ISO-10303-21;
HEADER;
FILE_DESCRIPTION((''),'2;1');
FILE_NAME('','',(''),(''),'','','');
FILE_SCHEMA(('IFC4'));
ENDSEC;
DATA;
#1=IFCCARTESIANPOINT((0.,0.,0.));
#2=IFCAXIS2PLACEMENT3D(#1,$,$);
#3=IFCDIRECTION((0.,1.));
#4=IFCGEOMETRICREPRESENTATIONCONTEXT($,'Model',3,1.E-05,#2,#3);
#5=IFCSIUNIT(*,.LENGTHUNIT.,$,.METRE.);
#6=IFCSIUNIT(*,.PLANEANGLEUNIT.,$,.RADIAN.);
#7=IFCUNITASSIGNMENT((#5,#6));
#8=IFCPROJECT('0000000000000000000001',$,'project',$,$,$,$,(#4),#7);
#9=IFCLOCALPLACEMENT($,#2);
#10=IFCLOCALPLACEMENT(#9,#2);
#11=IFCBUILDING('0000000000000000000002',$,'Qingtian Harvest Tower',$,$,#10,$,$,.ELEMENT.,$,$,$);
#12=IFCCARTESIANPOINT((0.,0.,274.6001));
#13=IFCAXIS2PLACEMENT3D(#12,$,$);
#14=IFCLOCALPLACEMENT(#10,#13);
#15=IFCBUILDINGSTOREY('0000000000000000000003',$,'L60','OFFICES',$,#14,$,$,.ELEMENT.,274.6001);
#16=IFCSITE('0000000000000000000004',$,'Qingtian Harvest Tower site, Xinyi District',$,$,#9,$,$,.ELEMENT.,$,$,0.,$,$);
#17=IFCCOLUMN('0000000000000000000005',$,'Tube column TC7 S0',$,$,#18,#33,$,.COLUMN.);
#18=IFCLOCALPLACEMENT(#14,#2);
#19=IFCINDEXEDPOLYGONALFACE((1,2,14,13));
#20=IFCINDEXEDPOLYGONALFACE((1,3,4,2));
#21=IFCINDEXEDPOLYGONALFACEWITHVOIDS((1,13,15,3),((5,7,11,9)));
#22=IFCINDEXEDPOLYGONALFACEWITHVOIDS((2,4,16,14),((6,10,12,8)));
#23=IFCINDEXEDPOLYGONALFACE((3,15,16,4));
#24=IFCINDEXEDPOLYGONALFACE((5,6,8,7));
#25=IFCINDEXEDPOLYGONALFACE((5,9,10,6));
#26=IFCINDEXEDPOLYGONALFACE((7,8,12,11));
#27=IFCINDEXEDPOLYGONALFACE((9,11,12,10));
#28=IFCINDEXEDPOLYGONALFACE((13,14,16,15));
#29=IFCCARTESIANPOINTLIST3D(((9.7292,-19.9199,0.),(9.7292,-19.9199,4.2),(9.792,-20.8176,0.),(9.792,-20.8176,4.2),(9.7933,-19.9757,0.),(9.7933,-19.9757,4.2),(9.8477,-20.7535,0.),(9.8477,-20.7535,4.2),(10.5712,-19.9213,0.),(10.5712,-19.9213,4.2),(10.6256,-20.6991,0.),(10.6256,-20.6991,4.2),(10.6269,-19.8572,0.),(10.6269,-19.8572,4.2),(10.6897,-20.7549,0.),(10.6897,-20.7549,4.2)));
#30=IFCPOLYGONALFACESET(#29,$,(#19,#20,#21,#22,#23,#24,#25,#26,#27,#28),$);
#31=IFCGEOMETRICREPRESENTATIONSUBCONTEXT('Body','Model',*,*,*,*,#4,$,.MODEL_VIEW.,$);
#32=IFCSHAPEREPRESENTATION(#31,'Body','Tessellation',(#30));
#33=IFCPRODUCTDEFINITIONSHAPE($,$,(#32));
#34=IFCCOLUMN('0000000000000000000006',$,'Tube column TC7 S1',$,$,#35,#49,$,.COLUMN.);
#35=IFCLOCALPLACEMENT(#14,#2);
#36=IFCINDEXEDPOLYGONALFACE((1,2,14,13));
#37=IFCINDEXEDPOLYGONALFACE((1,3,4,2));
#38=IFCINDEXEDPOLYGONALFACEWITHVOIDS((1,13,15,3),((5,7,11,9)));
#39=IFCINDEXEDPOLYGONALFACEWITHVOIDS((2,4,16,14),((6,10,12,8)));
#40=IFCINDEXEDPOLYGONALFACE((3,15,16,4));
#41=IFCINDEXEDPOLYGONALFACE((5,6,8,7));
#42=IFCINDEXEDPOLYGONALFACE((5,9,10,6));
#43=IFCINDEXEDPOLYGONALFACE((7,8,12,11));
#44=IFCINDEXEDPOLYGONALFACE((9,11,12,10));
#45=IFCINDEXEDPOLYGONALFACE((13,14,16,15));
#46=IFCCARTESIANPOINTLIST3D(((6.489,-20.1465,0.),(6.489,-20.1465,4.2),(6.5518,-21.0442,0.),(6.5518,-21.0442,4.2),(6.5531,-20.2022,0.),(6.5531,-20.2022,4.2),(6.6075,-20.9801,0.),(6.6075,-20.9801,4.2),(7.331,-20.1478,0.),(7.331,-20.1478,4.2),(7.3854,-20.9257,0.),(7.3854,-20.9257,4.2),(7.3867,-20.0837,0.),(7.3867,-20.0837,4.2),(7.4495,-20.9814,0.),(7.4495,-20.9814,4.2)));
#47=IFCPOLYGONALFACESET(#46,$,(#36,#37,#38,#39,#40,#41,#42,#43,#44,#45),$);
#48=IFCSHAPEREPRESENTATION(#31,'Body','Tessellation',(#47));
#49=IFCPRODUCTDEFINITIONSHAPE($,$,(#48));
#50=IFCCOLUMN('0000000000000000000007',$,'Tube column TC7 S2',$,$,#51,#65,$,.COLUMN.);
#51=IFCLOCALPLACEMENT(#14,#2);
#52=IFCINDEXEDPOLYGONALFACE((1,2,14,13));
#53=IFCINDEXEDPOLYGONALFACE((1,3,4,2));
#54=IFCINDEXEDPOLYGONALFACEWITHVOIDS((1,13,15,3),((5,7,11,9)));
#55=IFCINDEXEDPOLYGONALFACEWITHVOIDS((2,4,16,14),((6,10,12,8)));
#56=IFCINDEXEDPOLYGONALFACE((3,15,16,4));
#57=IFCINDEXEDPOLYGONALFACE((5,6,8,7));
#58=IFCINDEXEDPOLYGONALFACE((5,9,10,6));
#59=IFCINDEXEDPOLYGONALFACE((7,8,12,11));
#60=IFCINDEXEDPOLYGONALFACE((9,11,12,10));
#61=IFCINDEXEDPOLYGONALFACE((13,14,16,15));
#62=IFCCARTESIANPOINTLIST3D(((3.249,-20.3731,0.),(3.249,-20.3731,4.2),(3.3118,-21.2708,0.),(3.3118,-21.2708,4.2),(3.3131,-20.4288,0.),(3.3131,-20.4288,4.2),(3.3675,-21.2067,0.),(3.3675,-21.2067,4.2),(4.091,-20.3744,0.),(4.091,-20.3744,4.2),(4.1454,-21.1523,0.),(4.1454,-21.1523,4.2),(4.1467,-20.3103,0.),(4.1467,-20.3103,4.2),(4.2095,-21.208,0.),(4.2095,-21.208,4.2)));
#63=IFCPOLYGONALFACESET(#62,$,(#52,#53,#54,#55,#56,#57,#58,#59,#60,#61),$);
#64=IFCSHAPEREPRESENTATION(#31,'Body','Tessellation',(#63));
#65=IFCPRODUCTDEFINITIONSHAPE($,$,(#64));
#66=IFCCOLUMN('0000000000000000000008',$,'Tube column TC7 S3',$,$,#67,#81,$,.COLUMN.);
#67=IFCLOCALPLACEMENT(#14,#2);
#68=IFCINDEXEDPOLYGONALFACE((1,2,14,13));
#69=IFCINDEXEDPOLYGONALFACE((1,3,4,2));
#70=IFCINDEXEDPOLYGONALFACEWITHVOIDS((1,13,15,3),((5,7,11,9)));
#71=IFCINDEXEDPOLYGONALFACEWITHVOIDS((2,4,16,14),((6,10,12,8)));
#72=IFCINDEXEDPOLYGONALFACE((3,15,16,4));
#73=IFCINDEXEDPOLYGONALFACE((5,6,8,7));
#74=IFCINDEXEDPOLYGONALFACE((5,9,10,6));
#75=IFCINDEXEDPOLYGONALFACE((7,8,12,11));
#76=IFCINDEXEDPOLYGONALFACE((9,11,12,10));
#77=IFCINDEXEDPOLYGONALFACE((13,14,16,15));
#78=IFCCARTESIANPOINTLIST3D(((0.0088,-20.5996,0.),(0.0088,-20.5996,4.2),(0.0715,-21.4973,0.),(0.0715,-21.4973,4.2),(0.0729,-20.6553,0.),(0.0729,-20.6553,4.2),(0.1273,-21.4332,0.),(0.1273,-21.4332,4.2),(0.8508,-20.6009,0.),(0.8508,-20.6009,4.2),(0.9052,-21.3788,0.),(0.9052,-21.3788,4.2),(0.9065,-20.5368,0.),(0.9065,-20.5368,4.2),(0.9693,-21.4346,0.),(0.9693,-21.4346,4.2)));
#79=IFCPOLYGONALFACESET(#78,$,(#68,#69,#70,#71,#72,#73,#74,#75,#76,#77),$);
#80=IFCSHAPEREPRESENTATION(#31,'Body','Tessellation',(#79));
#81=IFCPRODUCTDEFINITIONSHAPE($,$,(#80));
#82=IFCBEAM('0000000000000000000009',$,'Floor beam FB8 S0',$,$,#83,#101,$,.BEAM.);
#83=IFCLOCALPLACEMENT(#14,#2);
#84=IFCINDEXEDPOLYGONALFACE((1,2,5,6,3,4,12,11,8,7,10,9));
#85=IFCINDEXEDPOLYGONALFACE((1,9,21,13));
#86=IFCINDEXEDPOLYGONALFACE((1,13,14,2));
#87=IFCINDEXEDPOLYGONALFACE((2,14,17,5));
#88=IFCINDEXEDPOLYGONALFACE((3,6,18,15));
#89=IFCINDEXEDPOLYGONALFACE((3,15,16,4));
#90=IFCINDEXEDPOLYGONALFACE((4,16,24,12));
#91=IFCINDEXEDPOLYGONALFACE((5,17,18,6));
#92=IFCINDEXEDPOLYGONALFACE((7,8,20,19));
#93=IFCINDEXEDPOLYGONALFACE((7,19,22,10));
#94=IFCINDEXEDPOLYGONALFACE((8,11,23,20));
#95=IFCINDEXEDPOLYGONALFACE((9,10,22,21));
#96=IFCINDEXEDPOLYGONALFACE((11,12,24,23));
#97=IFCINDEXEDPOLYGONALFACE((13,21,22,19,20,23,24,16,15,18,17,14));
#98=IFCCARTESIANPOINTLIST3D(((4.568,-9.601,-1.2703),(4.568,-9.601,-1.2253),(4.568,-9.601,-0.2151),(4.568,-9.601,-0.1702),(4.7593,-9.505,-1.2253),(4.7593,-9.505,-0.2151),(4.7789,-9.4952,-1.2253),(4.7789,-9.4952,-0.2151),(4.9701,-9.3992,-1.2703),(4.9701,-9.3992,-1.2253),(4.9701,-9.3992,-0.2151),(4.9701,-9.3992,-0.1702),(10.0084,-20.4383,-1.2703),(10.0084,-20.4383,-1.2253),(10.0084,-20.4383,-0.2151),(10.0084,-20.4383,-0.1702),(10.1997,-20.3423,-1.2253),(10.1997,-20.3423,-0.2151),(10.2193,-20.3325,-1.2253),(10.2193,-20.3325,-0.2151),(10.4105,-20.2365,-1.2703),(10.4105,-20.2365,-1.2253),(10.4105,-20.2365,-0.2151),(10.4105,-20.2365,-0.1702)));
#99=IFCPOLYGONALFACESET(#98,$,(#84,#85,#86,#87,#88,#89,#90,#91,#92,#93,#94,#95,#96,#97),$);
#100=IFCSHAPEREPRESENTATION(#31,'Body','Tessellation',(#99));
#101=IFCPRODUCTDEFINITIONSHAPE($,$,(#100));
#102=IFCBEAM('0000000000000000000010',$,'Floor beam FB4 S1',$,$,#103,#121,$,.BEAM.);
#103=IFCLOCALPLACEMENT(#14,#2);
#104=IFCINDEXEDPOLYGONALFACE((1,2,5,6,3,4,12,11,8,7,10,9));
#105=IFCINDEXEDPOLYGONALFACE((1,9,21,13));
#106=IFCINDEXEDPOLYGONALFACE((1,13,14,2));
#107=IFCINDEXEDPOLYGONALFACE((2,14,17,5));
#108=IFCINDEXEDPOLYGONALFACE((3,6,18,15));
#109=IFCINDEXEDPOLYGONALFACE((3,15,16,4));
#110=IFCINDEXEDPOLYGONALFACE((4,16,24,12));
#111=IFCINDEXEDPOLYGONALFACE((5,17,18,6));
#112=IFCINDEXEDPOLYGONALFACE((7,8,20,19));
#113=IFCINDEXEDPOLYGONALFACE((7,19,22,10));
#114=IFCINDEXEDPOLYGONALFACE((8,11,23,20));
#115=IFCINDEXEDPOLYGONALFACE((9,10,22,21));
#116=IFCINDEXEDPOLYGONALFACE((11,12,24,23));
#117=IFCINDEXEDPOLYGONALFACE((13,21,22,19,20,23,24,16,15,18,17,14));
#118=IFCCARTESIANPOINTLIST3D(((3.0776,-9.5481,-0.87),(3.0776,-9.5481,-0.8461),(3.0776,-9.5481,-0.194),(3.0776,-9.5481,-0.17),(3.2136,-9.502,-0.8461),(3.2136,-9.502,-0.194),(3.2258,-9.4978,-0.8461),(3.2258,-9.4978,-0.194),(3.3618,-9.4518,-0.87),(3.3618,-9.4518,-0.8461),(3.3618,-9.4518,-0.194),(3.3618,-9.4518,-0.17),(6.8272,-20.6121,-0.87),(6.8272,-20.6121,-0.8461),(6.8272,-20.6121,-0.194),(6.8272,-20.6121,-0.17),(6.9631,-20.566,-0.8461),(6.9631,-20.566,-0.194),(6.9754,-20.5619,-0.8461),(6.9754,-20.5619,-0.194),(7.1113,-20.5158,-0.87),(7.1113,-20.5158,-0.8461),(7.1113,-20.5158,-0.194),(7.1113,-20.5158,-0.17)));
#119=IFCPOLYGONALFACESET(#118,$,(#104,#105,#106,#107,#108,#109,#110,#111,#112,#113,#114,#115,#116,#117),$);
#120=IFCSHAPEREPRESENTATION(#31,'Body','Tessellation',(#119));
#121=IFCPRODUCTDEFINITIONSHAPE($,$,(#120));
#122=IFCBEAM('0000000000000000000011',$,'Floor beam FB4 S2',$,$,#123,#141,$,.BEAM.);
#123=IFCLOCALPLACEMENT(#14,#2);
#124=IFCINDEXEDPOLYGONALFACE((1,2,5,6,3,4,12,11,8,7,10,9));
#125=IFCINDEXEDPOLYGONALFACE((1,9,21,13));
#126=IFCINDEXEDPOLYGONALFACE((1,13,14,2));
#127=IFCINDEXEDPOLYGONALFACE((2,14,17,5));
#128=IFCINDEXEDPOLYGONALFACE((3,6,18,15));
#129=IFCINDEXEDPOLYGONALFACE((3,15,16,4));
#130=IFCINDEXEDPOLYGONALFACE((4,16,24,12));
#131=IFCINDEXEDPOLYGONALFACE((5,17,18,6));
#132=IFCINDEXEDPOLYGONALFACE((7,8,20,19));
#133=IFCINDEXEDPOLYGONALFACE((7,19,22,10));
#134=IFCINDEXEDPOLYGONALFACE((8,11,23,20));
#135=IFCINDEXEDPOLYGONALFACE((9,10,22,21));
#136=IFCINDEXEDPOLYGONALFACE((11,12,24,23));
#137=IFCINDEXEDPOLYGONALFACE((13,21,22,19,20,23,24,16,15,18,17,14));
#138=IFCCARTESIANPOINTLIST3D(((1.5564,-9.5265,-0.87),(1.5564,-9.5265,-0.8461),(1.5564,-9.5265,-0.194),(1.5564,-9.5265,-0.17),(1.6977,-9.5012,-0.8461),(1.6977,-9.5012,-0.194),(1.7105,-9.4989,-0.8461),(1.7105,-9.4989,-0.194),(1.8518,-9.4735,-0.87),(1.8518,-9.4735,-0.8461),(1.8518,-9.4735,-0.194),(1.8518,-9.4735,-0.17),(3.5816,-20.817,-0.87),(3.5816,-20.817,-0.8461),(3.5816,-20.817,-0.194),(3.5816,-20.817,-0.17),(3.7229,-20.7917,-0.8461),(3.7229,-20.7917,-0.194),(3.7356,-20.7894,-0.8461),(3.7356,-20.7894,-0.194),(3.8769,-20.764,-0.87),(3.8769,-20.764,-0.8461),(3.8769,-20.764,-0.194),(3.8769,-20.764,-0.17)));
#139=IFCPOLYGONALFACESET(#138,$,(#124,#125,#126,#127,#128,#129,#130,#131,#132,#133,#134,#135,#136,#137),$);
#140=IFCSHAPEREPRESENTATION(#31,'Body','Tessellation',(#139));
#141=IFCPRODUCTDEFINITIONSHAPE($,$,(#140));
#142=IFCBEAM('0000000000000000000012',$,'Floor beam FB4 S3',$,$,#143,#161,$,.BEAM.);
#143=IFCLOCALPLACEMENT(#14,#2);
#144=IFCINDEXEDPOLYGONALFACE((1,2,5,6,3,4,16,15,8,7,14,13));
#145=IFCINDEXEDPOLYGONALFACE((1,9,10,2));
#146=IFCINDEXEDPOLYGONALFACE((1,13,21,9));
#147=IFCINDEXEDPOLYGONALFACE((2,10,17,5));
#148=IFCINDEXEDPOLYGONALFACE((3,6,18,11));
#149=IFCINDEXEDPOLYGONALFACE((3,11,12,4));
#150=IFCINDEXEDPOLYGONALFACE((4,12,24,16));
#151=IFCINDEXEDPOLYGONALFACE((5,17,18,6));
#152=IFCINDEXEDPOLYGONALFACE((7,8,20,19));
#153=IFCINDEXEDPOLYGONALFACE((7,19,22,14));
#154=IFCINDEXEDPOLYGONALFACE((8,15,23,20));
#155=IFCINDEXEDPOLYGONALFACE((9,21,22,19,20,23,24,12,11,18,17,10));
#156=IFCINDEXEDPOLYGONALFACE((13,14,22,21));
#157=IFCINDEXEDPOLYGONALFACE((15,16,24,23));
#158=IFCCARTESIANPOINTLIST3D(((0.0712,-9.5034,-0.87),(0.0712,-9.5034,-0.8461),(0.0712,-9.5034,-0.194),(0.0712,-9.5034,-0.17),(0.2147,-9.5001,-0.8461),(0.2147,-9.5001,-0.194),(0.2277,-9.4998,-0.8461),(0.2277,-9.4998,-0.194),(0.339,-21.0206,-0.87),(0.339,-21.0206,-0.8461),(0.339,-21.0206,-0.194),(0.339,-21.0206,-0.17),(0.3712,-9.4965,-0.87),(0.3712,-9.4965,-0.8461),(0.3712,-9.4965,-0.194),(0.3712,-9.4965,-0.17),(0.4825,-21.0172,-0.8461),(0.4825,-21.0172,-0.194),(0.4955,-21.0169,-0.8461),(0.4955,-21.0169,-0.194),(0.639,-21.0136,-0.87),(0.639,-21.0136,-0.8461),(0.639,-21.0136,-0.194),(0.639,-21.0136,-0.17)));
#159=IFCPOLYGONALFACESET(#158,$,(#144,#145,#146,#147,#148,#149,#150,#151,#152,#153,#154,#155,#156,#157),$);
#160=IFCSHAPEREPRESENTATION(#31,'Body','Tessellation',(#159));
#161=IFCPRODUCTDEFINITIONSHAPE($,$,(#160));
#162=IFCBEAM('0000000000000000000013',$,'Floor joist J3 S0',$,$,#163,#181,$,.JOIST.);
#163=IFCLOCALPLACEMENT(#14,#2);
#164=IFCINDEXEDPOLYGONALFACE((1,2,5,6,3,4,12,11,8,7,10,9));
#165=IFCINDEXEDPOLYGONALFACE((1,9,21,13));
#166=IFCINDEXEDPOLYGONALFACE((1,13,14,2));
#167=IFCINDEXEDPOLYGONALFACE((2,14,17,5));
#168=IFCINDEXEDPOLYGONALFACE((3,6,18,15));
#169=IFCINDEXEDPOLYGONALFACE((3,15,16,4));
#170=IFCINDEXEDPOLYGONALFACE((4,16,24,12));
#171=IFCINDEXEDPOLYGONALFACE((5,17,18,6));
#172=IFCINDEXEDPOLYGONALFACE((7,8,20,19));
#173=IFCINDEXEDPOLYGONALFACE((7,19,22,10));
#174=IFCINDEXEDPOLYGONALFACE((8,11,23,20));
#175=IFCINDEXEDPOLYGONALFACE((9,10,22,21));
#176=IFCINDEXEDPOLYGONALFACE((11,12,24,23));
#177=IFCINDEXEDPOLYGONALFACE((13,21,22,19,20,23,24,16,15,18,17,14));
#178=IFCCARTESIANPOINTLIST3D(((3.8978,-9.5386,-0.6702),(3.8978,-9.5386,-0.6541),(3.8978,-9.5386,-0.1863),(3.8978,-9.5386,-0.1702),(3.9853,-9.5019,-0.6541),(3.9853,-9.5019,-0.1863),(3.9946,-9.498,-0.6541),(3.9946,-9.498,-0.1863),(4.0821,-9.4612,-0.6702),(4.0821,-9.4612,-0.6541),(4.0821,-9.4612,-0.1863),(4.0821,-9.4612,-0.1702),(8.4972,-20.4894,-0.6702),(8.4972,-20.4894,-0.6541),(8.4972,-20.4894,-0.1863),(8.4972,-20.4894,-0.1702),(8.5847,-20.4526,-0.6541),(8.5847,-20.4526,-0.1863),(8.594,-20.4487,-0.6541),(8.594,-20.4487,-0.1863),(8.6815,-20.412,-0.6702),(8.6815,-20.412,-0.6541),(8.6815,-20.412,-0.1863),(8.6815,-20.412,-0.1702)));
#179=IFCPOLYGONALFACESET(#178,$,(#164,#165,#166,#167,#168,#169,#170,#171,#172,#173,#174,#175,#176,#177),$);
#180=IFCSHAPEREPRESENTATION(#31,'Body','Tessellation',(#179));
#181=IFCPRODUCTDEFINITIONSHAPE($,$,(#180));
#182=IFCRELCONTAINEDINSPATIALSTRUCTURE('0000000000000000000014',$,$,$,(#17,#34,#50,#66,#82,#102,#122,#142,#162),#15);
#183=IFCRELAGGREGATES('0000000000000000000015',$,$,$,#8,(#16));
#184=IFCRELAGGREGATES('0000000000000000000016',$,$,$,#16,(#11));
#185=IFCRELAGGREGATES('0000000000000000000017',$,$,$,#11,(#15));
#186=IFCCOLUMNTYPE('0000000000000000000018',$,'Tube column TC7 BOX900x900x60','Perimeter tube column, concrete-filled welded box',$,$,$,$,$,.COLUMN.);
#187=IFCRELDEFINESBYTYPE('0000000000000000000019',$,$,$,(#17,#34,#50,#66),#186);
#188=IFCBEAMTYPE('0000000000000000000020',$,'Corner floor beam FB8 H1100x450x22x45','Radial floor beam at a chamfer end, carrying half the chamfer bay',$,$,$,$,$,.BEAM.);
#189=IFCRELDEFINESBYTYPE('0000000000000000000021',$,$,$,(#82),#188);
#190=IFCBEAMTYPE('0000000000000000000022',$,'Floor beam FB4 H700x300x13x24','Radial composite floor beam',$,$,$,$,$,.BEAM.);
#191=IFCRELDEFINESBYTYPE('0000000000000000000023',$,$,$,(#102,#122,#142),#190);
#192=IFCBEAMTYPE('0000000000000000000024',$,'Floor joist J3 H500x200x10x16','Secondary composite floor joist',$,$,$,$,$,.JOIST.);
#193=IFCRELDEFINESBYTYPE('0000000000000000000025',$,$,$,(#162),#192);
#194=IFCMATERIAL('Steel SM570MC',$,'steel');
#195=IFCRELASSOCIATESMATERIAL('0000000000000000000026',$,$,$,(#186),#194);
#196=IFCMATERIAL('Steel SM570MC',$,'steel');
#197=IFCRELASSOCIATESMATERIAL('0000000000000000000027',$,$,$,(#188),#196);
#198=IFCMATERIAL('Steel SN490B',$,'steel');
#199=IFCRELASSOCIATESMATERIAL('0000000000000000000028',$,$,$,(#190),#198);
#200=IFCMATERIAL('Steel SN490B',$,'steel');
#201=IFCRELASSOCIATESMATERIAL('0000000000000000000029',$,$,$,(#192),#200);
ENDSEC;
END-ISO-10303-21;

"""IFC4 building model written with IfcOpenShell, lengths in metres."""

from ifc_helpers import new_model, si_unit, direction, frame, origin, origin_2d, place, context, subcontext, project, spatial, hollow_rectangle, i_section, extrude, material, material_profile, profile_set, type_object, element, save


model = new_model("IFC4")

# Units and contexts
model_context = context("Model", 3, precision=1e-05, world=origin(), true_north=direction((0.0, 1.0)))
body_context = subcontext(model_context, "Body", "Model", "MODEL_VIEW")
ifc_project = project(units=[si_unit("LENGTHUNIT", "METRE"), si_unit("PLANEANGLEUNIT", "RADIAN")], contexts=[model_context])

# Site, building, storey
site_placement = place(None, origin())
site = spatial("IfcSite", under=ifc_project, at=site_placement, Name="Qingtian Harvest Tower site, Xinyi District", CompositionType="ELEMENT", RefElevation=0.0)
building_placement = place(site_placement, origin())
building = spatial("IfcBuilding", under=site, at=building_placement, Name="Qingtian Harvest Tower", CompositionType="ELEMENT")
storey_placement = place(building_placement, frame((0.0, 0.0, 274.6001)))
storey = spatial("IfcBuildingStorey", under=building, at=storey_placement, Name="L60", Description="OFFICES", CompositionType="ELEMENT", Elevation=274.6001)

# Columns
ifc_material_1 = material(Name="Steel SM570MC", Category="steel")
ifc_material_profile_1 = material_profile(ifc_material_1, hollow_rectangle(XDim=0.8999, YDim=0.8999, WallThickness=0.0601, at=origin_2d()), Name="BOX900x900x60")
ifc_profile_set_1 = profile_set([ifc_material_profile_1], Name="Steel SM570MC")
column_type = type_object("IfcColumnType", Name="Tube column TC7 BOX900x900x60", Description="Perimeter tube column, concrete-filled welded box", PredefinedType="COLUMN", material=ifc_profile_set_1)
for number, where, z_axis, x_axis, name in (
    (1, (10.2095, -20.3374, 0.0), (0.0, 0.0, 1.0), (0.997564, 0.069756, 0.0), "Tube column TC7 S0"),
    (2, (6.9692, -20.564, 0.0), (0.0, 0.0, 1.0), (0.997564, 0.069756, 0.0), "Tube column TC7 S1"),
    (3, (3.7292, -20.7905, 0.0), (0.0, 0.0, 1.0), (0.997564, 0.069756, 0.0), "Tube column TC7 S2"),
    (4, (0.489, -21.0171, 0.0), (0.0, 0.0, 1.0), (0.997564, 0.069756, 0.0), "Tube column TC7 S3"),
):
    element("IfcColumn", number, at=place(storey_placement, frame(where, z_axis=z_axis, x_axis=x_axis)), inside=storey, type_object=column_type, Name=name, PredefinedType="COLUMN", context=body_context, shape_type="SweptSolid", body=[
        extrude(hollow_rectangle(XDim=0.8999, YDim=0.8999, WallThickness=0.0601, at=origin_2d()), origin(), (0.0, 0.0, 1.0), 4.2),
    ])

# Beams
ifc_material_2 = material(Name="Steel SM570MC", Category="steel")
ifc_material_profile_2 = material_profile(ifc_material_2, i_section(OverallWidth=0.45, OverallDepth=1.1001, WebThickness=0.022, FlangeThickness=0.0449, at=origin_2d()), Name="H1100x450x22x45")
ifc_profile_set_2 = profile_set([ifc_material_profile_2], Name="Steel SM570MC")
beam_type_1 = type_object("IfcBeamType", Name="Corner floor beam FB8 H1100x450x22x45", Description="Radial floor beam at a chamfer end, carrying half the chamfer bay", PredefinedType="BEAM", material=ifc_profile_set_2)
beam_1_placement = place(storey_placement, frame((10.2095, -20.3374, -0.7202), z_axis=(-0.448646, 0.893709, 0.0), x_axis=(-0.893709, -0.448646, 0.0)))
element("IfcBeam", 5, at=beam_1_placement, inside=storey, type_object=beam_type_1, Name="Floor beam FB8 S0", PredefinedType="BEAM", context=body_context, shape_type="SweptSolid", body=[
    extrude(i_section(OverallWidth=0.45, OverallDepth=1.1001, WebThickness=0.022, FlangeThickness=0.0449, at=origin_2d()), origin(), (0.0, 0.0, 1.0), 12.1262),
])
ifc_material_3 = material(Name="Steel SN490B", Category="steel")
ifc_material_profile_3 = material_profile(ifc_material_3, i_section(OverallWidth=0.3, OverallDepth=0.7, WebThickness=0.0129, FlangeThickness=0.0239, at=origin_2d()), Name="H700x300x13x24")
ifc_profile_set_3 = profile_set([ifc_material_profile_3], Name="Steel SN490B")
beam_type_2 = type_object("IfcBeamType", Name="Floor beam FB4 H700x300x13x24", Description="Radial composite floor beam", PredefinedType="BEAM", material=ifc_profile_set_3)
beam_2_placement = place(storey_placement, frame((6.9692, -20.564, -0.52), z_axis=(-0.320964, 0.947092, 0.0), x_axis=(-0.947092, -0.320964, 0.0)))
element("IfcBeam", 6, at=beam_2_placement, inside=storey, type_object=beam_type_2, Name="Floor beam FB4 S1", PredefinedType="BEAM", context=body_context, shape_type="SweptSolid", body=[
    extrude(i_section(OverallWidth=0.3, OverallDepth=0.7, WebThickness=0.0129, FlangeThickness=0.0239, at=origin_2d()), origin(), (0.0, 0.0, 1.0), 11.6821),
])
beam_3_placement = place(storey_placement, frame((3.7292, -20.7905, -0.52), z_axis=(-0.176549, 0.984292, 0.0), x_axis=(-0.984292, -0.176549, 0.0)))
element("IfcBeam", 7, at=beam_3_placement, inside=storey, type_object=beam_type_2, Name="Floor beam FB4 S2", PredefinedType="BEAM", context=body_context, shape_type="SweptSolid", body=[
    extrude(i_section(OverallWidth=0.3, OverallDepth=0.7, WebThickness=0.0129, FlangeThickness=0.0239, at=origin_2d()), origin(), (0.0, 0.0, 1.0), 11.4707),
])
beam_4_placement = place(storey_placement, frame((0.489, -21.0171, -0.52), z_axis=(-0.023248, 0.99973, 0.0), x_axis=(-0.99973, -0.023248, 0.0)))
element("IfcBeam", 8, at=beam_4_placement, inside=storey, type_object=beam_type_2, Name="Floor beam FB4 S3", PredefinedType="BEAM", context=body_context, shape_type="SweptSolid", body=[
    extrude(i_section(OverallWidth=0.3, OverallDepth=0.7, WebThickness=0.0129, FlangeThickness=0.0239, at=origin_2d()), origin(), (0.0, 0.0, 1.0), 11.5203),
])
ifc_material_4 = material(Name="Steel SN490B", Category="steel")
ifc_material_profile_4 = material_profile(ifc_material_4, i_section(OverallWidth=0.2, OverallDepth=0.5, WebThickness=0.01, FlangeThickness=0.0161, at=origin_2d()), Name="H500x200x10x16")
ifc_profile_set_4 = profile_set([ifc_material_profile_4], Name="Steel SN490B")
beam_type_3 = type_object("IfcBeamType", Name="Floor joist J3 H500x200x10x16", Description="Secondary composite floor joist", PredefinedType="JOIST", material=ifc_profile_set_4)
beam_5_placement = place(storey_placement, frame((8.5894, -20.4507, -0.4202), z_axis=(-0.387238, 0.92198, 0.0), x_axis=(-0.92198, -0.387238, 0.0)))
element("IfcBeam", 9, at=beam_5_placement, inside=storey, type_object=beam_type_3, Name="Floor joist J3 S0", PredefinedType="JOIST", context=body_context, shape_type="SweptSolid", body=[
    extrude(i_section(OverallWidth=0.2, OverallDepth=0.5, WebThickness=0.01, FlangeThickness=0.0161, at=origin_2d()), origin(), (0.0, 0.0, 1.0), 11.8774),
])

save(model, "model.ifc")
